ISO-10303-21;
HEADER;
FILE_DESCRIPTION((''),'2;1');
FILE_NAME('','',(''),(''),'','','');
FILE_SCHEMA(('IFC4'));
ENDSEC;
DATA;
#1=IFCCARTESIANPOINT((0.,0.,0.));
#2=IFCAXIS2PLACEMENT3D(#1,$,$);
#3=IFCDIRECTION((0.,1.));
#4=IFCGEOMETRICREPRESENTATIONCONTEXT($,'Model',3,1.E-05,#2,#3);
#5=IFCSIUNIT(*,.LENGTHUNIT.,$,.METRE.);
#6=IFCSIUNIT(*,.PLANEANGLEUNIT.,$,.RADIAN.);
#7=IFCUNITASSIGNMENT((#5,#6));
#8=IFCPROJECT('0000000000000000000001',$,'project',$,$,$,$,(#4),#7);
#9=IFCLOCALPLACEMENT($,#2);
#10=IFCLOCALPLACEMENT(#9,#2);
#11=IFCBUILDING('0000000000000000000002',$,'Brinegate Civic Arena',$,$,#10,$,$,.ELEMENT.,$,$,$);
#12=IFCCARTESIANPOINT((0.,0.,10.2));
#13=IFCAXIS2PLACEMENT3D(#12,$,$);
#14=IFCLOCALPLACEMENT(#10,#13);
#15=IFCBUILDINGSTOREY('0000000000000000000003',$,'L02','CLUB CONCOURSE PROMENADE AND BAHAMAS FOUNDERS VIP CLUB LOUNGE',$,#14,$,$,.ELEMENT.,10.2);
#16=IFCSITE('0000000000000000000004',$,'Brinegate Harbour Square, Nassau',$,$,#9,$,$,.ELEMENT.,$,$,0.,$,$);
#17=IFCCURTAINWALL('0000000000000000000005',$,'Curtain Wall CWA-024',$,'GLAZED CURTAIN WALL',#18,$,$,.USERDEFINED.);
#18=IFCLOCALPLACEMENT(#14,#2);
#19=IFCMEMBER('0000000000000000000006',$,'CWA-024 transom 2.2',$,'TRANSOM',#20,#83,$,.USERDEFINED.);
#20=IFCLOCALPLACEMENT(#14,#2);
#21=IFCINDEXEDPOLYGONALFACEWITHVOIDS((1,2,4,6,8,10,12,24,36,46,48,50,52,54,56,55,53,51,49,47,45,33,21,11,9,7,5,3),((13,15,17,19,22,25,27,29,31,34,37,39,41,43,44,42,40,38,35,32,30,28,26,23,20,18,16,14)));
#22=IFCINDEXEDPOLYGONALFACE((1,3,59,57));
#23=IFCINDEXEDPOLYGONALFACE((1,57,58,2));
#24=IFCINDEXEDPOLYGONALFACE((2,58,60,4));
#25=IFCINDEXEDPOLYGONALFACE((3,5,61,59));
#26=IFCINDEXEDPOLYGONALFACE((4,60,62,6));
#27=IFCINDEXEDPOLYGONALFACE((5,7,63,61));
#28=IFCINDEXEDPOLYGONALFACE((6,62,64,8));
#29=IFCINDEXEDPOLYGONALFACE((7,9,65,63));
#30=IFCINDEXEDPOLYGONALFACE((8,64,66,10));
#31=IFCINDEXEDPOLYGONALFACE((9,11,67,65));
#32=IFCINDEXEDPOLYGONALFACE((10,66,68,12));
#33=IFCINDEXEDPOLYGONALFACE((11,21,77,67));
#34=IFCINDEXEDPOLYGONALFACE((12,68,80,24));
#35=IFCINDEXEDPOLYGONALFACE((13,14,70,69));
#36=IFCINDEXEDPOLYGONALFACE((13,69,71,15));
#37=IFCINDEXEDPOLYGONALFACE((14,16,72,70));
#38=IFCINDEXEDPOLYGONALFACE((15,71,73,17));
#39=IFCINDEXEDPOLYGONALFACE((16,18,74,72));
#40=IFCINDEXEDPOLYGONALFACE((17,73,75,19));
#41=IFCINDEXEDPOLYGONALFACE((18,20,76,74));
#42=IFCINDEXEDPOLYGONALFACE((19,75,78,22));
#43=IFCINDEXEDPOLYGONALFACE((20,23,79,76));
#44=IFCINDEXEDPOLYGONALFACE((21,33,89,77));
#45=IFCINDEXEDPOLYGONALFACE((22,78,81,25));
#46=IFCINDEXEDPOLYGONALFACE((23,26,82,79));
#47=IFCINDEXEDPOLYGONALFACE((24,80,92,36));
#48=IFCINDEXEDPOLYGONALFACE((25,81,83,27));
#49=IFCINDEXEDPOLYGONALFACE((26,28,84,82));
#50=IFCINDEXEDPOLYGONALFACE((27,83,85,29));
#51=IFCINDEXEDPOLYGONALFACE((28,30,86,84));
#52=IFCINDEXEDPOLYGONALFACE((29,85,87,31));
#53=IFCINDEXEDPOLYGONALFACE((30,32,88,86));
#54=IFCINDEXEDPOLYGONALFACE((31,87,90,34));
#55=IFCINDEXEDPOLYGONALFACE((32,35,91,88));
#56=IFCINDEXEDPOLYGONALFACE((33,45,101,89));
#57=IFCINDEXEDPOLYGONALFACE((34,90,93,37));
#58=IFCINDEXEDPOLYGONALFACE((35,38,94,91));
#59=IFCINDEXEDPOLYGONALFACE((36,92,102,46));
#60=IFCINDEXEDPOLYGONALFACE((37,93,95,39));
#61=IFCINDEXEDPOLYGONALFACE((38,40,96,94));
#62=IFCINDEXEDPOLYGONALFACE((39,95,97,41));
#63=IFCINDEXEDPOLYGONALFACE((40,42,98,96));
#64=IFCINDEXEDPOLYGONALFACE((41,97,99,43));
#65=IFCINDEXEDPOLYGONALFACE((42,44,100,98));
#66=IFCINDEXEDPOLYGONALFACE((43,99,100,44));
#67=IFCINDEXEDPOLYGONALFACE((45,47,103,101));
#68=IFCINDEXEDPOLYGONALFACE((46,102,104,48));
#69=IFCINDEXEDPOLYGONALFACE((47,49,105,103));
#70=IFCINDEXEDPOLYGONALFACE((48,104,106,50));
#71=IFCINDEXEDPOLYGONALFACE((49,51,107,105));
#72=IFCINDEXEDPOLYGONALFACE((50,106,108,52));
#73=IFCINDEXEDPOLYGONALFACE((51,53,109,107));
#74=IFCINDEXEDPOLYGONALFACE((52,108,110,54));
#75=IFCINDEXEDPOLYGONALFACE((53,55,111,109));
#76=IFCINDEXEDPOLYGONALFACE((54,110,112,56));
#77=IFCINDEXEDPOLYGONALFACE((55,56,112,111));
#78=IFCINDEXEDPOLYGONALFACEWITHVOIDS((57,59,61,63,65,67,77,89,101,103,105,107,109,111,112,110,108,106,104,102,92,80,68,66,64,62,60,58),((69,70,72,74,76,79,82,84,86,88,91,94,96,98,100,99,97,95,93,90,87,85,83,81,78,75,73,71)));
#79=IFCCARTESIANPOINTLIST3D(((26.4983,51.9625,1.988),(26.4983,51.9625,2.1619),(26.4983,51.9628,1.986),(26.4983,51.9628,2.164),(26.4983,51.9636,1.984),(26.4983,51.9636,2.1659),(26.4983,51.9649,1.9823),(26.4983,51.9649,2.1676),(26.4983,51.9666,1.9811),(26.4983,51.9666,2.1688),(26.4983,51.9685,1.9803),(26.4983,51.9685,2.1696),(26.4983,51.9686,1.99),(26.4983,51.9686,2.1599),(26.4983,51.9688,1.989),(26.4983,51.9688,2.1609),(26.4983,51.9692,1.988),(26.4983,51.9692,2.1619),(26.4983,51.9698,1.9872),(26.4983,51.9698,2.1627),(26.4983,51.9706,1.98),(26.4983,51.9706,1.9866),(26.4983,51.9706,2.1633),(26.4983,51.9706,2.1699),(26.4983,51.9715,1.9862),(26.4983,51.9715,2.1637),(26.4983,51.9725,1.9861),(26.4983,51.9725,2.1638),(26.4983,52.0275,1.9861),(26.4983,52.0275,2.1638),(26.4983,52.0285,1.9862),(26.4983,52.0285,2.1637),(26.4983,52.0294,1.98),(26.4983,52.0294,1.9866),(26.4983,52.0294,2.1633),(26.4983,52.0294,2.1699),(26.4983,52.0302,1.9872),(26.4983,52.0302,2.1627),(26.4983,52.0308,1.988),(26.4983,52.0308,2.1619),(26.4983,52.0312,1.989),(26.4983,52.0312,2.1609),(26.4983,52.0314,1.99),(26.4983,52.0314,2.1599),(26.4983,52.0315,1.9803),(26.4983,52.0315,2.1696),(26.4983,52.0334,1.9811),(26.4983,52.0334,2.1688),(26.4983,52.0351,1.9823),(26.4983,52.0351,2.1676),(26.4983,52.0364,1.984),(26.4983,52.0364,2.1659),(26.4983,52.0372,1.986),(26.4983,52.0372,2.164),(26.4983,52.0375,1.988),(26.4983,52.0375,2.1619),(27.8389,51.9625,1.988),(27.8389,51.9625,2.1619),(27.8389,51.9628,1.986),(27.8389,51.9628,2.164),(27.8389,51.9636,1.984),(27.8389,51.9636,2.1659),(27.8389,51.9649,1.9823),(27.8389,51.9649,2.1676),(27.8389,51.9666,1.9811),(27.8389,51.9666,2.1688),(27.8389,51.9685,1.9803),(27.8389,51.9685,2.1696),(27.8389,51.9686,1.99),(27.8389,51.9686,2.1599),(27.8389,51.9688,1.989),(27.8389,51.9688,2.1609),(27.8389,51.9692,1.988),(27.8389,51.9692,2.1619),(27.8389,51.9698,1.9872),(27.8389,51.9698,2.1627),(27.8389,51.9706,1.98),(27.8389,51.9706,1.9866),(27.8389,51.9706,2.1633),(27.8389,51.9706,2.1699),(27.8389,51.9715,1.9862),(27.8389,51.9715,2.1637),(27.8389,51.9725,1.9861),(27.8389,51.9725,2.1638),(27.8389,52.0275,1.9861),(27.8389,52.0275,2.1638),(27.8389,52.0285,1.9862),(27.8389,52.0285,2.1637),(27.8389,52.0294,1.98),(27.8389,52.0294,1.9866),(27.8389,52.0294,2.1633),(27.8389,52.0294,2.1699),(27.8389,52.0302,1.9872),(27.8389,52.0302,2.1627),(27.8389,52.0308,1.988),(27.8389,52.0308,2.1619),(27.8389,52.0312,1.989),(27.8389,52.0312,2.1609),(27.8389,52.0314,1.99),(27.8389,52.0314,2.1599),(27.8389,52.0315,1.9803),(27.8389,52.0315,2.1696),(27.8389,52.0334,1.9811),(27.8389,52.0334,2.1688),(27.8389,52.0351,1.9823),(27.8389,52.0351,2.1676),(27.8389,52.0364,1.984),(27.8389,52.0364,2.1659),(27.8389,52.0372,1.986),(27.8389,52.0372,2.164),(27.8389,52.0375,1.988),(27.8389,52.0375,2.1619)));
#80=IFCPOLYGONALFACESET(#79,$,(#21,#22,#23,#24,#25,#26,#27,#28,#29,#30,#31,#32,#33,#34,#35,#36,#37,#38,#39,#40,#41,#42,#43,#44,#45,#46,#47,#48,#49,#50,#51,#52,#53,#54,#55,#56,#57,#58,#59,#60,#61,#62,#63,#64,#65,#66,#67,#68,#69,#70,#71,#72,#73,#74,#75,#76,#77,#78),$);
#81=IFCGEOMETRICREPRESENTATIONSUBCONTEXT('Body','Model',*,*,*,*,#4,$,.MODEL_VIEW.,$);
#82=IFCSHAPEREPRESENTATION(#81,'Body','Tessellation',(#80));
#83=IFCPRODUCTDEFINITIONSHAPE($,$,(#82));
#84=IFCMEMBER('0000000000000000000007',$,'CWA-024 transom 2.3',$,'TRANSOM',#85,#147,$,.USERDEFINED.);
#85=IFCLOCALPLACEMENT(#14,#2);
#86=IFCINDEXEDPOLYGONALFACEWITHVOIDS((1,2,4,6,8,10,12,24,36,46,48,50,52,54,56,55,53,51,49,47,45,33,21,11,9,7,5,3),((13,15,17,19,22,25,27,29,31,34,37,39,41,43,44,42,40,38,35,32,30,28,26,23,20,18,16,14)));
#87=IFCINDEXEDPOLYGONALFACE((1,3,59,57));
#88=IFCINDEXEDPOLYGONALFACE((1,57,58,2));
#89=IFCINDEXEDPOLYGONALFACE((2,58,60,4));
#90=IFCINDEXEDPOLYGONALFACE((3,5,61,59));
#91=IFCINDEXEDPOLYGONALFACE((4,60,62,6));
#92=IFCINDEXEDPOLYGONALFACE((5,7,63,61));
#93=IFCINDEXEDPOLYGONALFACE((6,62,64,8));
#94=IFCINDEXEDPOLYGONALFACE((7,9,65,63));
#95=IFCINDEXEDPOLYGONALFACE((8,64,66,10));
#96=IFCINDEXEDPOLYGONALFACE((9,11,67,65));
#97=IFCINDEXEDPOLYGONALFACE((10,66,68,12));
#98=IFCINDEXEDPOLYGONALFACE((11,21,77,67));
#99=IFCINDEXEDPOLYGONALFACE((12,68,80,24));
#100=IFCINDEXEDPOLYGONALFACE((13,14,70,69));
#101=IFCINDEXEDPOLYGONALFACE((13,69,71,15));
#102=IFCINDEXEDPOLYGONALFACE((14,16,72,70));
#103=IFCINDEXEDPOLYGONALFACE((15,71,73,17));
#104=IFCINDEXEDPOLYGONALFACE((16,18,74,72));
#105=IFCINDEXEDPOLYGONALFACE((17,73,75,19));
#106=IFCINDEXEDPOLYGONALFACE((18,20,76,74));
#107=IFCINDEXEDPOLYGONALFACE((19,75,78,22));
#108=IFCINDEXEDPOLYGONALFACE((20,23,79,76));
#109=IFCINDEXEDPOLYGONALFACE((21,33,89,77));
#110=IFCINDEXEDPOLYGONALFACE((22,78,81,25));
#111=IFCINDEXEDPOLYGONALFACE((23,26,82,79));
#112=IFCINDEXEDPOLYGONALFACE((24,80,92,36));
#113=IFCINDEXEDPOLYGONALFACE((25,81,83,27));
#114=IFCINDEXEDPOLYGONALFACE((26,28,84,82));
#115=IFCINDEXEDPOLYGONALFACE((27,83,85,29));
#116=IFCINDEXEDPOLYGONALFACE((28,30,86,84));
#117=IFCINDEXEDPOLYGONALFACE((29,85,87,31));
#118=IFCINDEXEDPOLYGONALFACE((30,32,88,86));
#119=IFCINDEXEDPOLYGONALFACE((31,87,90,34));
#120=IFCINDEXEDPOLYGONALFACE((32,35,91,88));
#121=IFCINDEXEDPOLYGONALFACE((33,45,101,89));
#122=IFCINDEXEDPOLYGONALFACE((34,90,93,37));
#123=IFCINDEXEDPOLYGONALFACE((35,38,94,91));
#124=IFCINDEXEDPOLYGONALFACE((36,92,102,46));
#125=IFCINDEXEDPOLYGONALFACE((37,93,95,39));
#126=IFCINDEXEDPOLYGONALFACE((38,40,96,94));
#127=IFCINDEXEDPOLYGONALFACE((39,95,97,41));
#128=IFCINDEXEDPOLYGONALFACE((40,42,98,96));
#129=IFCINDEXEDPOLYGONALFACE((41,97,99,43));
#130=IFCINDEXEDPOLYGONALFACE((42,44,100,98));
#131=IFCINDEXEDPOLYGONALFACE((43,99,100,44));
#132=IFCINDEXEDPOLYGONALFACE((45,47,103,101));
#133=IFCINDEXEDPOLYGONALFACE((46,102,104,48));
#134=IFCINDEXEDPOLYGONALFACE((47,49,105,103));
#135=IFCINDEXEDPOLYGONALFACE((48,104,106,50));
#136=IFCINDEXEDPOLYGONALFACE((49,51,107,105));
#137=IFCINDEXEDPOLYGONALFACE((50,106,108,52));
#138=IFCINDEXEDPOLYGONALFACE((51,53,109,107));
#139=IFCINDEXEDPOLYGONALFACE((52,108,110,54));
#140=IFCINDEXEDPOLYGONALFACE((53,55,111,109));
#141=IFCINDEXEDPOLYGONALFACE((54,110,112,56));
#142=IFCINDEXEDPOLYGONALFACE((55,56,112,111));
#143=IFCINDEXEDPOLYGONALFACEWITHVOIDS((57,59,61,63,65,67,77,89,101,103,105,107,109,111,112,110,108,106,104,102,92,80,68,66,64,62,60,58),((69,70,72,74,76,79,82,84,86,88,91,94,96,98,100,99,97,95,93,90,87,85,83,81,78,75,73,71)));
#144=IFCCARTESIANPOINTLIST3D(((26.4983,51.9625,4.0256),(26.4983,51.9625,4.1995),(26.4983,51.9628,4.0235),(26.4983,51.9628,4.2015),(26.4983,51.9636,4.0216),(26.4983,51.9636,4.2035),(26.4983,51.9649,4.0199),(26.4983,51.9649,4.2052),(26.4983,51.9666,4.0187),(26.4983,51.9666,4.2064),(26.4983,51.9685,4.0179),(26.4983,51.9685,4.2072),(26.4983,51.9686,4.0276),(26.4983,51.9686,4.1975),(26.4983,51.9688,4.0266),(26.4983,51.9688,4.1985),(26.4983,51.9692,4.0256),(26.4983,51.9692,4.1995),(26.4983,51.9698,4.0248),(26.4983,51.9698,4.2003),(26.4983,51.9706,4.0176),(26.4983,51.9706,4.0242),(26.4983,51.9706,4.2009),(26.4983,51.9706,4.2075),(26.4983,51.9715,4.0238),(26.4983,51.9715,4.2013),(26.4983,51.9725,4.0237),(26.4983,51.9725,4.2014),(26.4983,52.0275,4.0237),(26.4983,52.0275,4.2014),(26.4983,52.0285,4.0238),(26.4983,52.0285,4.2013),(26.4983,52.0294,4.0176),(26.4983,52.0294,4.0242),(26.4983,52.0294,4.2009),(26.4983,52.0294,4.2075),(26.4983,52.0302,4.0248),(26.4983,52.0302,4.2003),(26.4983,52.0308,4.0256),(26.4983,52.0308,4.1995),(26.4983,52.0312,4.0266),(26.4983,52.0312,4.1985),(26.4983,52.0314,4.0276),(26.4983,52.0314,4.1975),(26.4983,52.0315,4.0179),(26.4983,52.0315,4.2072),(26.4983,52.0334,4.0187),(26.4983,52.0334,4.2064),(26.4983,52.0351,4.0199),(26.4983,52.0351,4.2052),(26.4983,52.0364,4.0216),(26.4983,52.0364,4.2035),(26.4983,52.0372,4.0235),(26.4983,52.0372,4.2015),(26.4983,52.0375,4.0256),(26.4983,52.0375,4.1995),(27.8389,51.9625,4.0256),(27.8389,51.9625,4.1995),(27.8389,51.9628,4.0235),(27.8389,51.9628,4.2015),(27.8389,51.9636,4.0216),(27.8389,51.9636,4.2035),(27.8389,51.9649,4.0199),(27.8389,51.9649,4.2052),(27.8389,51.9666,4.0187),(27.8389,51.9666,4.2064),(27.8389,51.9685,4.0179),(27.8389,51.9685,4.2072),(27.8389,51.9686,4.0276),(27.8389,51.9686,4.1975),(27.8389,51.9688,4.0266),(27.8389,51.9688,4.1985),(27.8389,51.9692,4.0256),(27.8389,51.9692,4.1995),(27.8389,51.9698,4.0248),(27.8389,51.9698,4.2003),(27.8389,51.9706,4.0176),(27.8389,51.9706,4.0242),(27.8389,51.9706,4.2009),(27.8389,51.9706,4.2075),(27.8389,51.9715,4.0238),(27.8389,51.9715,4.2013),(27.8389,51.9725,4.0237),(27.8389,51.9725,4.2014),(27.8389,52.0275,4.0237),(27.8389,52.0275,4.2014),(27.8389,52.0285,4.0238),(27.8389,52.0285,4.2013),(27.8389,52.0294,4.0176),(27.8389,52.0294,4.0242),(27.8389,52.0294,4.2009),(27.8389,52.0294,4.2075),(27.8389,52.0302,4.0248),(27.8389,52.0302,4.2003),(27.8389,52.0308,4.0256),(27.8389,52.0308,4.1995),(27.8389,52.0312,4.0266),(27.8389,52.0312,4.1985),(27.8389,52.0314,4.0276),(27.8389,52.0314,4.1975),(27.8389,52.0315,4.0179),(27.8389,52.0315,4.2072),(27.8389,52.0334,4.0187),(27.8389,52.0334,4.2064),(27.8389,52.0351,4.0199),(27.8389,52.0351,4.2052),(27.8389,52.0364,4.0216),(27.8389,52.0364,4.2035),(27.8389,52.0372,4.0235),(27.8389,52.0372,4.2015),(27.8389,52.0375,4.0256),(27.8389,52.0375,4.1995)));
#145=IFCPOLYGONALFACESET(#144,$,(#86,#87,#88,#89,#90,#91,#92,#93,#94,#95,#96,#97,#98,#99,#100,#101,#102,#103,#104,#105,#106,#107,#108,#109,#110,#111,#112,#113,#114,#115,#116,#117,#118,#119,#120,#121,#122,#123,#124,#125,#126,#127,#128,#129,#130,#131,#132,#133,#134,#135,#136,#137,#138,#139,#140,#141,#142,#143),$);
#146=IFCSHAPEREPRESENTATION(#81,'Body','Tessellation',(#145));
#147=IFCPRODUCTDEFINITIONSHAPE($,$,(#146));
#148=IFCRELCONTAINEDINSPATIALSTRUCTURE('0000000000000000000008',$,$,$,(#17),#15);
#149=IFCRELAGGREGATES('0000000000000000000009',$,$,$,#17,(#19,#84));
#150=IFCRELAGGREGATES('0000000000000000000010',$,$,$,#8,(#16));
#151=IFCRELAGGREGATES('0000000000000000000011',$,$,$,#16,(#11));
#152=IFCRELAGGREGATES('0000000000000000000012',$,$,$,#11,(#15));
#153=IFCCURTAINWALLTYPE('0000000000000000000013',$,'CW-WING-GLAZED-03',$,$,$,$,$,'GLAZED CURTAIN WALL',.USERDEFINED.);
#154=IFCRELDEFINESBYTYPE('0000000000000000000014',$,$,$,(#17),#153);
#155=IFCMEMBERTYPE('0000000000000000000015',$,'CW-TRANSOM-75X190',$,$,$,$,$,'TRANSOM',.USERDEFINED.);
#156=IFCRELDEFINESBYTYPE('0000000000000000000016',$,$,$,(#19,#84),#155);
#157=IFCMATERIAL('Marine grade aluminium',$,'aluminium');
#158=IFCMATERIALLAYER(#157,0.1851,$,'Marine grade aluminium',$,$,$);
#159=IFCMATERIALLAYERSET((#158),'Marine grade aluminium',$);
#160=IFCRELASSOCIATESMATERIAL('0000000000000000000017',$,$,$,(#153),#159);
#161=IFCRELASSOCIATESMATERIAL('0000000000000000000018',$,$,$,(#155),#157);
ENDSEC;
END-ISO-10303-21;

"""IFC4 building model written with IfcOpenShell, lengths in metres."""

from ifc_helpers import new_model, si_unit, direction, frame, origin, origin_2d, place, context, subcontext, project, spatial, hollow_rectangle, extrude, material, layer, layer_set, material_profile, profile_set, type_object, element, aggregate, save


model = new_model("IFC4")

# Units and contexts
model_context = context("Model", 3, precision=1e-05, world=origin(), true_north=direction((0.0, 1.0)))
body_context = subcontext(model_context, "Body", "Model", "MODEL_VIEW")
ifc_project = project(units=[si_unit("LENGTHUNIT", "METRE"), si_unit("PLANEANGLEUNIT", "RADIAN")], contexts=[model_context])

# Site, building, storey
site_placement = place(None, origin())
site = spatial("IfcSite", under=ifc_project, at=site_placement, Name="Brinegate Harbour Square, Nassau", CompositionType="ELEMENT", RefElevation=0.0)
building_placement = place(site_placement, origin())
building = spatial("IfcBuilding", under=site, at=building_placement, Name="Brinegate Civic Arena", CompositionType="ELEMENT")
storey_placement = place(building_placement, frame((0.0, 0.0, 10.2)))
storey = spatial("IfcBuildingStorey", under=building, at=storey_placement, Name="L02", Description="CLUB CONCOURSE PROMENADE AND BAHAMAS FOUNDERS VIP CLUB LOUNGE", CompositionType="ELEMENT", Elevation=10.2)

# Shared definitions
ifc_material_1 = material(Name="Marine grade aluminium", Category="aluminium")
ifc_layer_1 = layer(ifc_material_1, 0.1851, Name="Marine grade aluminium")
ifc_layer_set_1 = layer_set([ifc_layer_1], Name="Marine grade aluminium")
curtain_wall_type_1 = type_object("IfcCurtainWallType", Name="CW-WING-GLAZED-03", ElementType="GLAZED CURTAIN WALL", PredefinedType="USERDEFINED", material=ifc_layer_set_1)

# Curtain wall
curtain_wall_1_placement = place(storey_placement, origin())
curtain_wall_1 = element("IfcCurtainWall", 1, at=curtain_wall_1_placement, inside=storey, type_object=curtain_wall_type_1, Name="Curtain Wall CWA-024", ObjectType="GLAZED CURTAIN WALL", PredefinedType="USERDEFINED")

# Members
ifc_material_profile_1 = material_profile(ifc_material_1, hollow_rectangle(XDim=0.075, YDim=0.1899, WallThickness=0.0061, InnerFilletRadius=0.0039, OuterFilletRadius=0.0081, at=origin_2d()), Name="TRN75X190")
ifc_profile_set_1 = profile_set([ifc_material_profile_1], Name="Marine grade aluminium")
member_type_1 = type_object("IfcMemberType", Name="CW-TRANSOM-75X190", ElementType="TRANSOM", PredefinedType="USERDEFINED", material=ifc_profile_set_1)
member_1_placement = place(storey_placement, frame((26.4983, 52.0, 2.075), z_axis=(1.0, 0.0, 0.0), x_axis=(0.0, 1.0, 0.0)))
member_1 = element("IfcMember", 2, at=member_1_placement, type_object=member_type_1, Name="CWA-024 transom 2.2", ObjectType="TRANSOM", PredefinedType="USERDEFINED", context=body_context, shape_type="SweptSolid", body=[
    extrude(hollow_rectangle(XDim=0.075, YDim=0.1899, WallThickness=0.0061, InnerFilletRadius=0.0039, OuterFilletRadius=0.0081, at=origin_2d()), origin(), (0.0, 0.0, 1.0), 1.3406),
])
member_2_placement = place(storey_placement, frame((26.4983, 52.0, 4.1125), z_axis=(1.0, 0.0, 0.0), x_axis=(0.0, 1.0, 0.0)))
member_2 = element("IfcMember", 3, at=member_2_placement, type_object=member_type_1, Name="CWA-024 transom 2.3", ObjectType="TRANSOM", PredefinedType="USERDEFINED", context=body_context, shape_type="SweptSolid", body=[
    extrude(hollow_rectangle(XDim=0.075, YDim=0.1899, WallThickness=0.0061, InnerFilletRadius=0.0039, OuterFilletRadius=0.0081, at=origin_2d()), origin(), (0.0, 0.0, 1.0), 1.3406),
])

aggregate(curtain_wall_1, [member_1, member_2])

save(model, "model.ifc")
